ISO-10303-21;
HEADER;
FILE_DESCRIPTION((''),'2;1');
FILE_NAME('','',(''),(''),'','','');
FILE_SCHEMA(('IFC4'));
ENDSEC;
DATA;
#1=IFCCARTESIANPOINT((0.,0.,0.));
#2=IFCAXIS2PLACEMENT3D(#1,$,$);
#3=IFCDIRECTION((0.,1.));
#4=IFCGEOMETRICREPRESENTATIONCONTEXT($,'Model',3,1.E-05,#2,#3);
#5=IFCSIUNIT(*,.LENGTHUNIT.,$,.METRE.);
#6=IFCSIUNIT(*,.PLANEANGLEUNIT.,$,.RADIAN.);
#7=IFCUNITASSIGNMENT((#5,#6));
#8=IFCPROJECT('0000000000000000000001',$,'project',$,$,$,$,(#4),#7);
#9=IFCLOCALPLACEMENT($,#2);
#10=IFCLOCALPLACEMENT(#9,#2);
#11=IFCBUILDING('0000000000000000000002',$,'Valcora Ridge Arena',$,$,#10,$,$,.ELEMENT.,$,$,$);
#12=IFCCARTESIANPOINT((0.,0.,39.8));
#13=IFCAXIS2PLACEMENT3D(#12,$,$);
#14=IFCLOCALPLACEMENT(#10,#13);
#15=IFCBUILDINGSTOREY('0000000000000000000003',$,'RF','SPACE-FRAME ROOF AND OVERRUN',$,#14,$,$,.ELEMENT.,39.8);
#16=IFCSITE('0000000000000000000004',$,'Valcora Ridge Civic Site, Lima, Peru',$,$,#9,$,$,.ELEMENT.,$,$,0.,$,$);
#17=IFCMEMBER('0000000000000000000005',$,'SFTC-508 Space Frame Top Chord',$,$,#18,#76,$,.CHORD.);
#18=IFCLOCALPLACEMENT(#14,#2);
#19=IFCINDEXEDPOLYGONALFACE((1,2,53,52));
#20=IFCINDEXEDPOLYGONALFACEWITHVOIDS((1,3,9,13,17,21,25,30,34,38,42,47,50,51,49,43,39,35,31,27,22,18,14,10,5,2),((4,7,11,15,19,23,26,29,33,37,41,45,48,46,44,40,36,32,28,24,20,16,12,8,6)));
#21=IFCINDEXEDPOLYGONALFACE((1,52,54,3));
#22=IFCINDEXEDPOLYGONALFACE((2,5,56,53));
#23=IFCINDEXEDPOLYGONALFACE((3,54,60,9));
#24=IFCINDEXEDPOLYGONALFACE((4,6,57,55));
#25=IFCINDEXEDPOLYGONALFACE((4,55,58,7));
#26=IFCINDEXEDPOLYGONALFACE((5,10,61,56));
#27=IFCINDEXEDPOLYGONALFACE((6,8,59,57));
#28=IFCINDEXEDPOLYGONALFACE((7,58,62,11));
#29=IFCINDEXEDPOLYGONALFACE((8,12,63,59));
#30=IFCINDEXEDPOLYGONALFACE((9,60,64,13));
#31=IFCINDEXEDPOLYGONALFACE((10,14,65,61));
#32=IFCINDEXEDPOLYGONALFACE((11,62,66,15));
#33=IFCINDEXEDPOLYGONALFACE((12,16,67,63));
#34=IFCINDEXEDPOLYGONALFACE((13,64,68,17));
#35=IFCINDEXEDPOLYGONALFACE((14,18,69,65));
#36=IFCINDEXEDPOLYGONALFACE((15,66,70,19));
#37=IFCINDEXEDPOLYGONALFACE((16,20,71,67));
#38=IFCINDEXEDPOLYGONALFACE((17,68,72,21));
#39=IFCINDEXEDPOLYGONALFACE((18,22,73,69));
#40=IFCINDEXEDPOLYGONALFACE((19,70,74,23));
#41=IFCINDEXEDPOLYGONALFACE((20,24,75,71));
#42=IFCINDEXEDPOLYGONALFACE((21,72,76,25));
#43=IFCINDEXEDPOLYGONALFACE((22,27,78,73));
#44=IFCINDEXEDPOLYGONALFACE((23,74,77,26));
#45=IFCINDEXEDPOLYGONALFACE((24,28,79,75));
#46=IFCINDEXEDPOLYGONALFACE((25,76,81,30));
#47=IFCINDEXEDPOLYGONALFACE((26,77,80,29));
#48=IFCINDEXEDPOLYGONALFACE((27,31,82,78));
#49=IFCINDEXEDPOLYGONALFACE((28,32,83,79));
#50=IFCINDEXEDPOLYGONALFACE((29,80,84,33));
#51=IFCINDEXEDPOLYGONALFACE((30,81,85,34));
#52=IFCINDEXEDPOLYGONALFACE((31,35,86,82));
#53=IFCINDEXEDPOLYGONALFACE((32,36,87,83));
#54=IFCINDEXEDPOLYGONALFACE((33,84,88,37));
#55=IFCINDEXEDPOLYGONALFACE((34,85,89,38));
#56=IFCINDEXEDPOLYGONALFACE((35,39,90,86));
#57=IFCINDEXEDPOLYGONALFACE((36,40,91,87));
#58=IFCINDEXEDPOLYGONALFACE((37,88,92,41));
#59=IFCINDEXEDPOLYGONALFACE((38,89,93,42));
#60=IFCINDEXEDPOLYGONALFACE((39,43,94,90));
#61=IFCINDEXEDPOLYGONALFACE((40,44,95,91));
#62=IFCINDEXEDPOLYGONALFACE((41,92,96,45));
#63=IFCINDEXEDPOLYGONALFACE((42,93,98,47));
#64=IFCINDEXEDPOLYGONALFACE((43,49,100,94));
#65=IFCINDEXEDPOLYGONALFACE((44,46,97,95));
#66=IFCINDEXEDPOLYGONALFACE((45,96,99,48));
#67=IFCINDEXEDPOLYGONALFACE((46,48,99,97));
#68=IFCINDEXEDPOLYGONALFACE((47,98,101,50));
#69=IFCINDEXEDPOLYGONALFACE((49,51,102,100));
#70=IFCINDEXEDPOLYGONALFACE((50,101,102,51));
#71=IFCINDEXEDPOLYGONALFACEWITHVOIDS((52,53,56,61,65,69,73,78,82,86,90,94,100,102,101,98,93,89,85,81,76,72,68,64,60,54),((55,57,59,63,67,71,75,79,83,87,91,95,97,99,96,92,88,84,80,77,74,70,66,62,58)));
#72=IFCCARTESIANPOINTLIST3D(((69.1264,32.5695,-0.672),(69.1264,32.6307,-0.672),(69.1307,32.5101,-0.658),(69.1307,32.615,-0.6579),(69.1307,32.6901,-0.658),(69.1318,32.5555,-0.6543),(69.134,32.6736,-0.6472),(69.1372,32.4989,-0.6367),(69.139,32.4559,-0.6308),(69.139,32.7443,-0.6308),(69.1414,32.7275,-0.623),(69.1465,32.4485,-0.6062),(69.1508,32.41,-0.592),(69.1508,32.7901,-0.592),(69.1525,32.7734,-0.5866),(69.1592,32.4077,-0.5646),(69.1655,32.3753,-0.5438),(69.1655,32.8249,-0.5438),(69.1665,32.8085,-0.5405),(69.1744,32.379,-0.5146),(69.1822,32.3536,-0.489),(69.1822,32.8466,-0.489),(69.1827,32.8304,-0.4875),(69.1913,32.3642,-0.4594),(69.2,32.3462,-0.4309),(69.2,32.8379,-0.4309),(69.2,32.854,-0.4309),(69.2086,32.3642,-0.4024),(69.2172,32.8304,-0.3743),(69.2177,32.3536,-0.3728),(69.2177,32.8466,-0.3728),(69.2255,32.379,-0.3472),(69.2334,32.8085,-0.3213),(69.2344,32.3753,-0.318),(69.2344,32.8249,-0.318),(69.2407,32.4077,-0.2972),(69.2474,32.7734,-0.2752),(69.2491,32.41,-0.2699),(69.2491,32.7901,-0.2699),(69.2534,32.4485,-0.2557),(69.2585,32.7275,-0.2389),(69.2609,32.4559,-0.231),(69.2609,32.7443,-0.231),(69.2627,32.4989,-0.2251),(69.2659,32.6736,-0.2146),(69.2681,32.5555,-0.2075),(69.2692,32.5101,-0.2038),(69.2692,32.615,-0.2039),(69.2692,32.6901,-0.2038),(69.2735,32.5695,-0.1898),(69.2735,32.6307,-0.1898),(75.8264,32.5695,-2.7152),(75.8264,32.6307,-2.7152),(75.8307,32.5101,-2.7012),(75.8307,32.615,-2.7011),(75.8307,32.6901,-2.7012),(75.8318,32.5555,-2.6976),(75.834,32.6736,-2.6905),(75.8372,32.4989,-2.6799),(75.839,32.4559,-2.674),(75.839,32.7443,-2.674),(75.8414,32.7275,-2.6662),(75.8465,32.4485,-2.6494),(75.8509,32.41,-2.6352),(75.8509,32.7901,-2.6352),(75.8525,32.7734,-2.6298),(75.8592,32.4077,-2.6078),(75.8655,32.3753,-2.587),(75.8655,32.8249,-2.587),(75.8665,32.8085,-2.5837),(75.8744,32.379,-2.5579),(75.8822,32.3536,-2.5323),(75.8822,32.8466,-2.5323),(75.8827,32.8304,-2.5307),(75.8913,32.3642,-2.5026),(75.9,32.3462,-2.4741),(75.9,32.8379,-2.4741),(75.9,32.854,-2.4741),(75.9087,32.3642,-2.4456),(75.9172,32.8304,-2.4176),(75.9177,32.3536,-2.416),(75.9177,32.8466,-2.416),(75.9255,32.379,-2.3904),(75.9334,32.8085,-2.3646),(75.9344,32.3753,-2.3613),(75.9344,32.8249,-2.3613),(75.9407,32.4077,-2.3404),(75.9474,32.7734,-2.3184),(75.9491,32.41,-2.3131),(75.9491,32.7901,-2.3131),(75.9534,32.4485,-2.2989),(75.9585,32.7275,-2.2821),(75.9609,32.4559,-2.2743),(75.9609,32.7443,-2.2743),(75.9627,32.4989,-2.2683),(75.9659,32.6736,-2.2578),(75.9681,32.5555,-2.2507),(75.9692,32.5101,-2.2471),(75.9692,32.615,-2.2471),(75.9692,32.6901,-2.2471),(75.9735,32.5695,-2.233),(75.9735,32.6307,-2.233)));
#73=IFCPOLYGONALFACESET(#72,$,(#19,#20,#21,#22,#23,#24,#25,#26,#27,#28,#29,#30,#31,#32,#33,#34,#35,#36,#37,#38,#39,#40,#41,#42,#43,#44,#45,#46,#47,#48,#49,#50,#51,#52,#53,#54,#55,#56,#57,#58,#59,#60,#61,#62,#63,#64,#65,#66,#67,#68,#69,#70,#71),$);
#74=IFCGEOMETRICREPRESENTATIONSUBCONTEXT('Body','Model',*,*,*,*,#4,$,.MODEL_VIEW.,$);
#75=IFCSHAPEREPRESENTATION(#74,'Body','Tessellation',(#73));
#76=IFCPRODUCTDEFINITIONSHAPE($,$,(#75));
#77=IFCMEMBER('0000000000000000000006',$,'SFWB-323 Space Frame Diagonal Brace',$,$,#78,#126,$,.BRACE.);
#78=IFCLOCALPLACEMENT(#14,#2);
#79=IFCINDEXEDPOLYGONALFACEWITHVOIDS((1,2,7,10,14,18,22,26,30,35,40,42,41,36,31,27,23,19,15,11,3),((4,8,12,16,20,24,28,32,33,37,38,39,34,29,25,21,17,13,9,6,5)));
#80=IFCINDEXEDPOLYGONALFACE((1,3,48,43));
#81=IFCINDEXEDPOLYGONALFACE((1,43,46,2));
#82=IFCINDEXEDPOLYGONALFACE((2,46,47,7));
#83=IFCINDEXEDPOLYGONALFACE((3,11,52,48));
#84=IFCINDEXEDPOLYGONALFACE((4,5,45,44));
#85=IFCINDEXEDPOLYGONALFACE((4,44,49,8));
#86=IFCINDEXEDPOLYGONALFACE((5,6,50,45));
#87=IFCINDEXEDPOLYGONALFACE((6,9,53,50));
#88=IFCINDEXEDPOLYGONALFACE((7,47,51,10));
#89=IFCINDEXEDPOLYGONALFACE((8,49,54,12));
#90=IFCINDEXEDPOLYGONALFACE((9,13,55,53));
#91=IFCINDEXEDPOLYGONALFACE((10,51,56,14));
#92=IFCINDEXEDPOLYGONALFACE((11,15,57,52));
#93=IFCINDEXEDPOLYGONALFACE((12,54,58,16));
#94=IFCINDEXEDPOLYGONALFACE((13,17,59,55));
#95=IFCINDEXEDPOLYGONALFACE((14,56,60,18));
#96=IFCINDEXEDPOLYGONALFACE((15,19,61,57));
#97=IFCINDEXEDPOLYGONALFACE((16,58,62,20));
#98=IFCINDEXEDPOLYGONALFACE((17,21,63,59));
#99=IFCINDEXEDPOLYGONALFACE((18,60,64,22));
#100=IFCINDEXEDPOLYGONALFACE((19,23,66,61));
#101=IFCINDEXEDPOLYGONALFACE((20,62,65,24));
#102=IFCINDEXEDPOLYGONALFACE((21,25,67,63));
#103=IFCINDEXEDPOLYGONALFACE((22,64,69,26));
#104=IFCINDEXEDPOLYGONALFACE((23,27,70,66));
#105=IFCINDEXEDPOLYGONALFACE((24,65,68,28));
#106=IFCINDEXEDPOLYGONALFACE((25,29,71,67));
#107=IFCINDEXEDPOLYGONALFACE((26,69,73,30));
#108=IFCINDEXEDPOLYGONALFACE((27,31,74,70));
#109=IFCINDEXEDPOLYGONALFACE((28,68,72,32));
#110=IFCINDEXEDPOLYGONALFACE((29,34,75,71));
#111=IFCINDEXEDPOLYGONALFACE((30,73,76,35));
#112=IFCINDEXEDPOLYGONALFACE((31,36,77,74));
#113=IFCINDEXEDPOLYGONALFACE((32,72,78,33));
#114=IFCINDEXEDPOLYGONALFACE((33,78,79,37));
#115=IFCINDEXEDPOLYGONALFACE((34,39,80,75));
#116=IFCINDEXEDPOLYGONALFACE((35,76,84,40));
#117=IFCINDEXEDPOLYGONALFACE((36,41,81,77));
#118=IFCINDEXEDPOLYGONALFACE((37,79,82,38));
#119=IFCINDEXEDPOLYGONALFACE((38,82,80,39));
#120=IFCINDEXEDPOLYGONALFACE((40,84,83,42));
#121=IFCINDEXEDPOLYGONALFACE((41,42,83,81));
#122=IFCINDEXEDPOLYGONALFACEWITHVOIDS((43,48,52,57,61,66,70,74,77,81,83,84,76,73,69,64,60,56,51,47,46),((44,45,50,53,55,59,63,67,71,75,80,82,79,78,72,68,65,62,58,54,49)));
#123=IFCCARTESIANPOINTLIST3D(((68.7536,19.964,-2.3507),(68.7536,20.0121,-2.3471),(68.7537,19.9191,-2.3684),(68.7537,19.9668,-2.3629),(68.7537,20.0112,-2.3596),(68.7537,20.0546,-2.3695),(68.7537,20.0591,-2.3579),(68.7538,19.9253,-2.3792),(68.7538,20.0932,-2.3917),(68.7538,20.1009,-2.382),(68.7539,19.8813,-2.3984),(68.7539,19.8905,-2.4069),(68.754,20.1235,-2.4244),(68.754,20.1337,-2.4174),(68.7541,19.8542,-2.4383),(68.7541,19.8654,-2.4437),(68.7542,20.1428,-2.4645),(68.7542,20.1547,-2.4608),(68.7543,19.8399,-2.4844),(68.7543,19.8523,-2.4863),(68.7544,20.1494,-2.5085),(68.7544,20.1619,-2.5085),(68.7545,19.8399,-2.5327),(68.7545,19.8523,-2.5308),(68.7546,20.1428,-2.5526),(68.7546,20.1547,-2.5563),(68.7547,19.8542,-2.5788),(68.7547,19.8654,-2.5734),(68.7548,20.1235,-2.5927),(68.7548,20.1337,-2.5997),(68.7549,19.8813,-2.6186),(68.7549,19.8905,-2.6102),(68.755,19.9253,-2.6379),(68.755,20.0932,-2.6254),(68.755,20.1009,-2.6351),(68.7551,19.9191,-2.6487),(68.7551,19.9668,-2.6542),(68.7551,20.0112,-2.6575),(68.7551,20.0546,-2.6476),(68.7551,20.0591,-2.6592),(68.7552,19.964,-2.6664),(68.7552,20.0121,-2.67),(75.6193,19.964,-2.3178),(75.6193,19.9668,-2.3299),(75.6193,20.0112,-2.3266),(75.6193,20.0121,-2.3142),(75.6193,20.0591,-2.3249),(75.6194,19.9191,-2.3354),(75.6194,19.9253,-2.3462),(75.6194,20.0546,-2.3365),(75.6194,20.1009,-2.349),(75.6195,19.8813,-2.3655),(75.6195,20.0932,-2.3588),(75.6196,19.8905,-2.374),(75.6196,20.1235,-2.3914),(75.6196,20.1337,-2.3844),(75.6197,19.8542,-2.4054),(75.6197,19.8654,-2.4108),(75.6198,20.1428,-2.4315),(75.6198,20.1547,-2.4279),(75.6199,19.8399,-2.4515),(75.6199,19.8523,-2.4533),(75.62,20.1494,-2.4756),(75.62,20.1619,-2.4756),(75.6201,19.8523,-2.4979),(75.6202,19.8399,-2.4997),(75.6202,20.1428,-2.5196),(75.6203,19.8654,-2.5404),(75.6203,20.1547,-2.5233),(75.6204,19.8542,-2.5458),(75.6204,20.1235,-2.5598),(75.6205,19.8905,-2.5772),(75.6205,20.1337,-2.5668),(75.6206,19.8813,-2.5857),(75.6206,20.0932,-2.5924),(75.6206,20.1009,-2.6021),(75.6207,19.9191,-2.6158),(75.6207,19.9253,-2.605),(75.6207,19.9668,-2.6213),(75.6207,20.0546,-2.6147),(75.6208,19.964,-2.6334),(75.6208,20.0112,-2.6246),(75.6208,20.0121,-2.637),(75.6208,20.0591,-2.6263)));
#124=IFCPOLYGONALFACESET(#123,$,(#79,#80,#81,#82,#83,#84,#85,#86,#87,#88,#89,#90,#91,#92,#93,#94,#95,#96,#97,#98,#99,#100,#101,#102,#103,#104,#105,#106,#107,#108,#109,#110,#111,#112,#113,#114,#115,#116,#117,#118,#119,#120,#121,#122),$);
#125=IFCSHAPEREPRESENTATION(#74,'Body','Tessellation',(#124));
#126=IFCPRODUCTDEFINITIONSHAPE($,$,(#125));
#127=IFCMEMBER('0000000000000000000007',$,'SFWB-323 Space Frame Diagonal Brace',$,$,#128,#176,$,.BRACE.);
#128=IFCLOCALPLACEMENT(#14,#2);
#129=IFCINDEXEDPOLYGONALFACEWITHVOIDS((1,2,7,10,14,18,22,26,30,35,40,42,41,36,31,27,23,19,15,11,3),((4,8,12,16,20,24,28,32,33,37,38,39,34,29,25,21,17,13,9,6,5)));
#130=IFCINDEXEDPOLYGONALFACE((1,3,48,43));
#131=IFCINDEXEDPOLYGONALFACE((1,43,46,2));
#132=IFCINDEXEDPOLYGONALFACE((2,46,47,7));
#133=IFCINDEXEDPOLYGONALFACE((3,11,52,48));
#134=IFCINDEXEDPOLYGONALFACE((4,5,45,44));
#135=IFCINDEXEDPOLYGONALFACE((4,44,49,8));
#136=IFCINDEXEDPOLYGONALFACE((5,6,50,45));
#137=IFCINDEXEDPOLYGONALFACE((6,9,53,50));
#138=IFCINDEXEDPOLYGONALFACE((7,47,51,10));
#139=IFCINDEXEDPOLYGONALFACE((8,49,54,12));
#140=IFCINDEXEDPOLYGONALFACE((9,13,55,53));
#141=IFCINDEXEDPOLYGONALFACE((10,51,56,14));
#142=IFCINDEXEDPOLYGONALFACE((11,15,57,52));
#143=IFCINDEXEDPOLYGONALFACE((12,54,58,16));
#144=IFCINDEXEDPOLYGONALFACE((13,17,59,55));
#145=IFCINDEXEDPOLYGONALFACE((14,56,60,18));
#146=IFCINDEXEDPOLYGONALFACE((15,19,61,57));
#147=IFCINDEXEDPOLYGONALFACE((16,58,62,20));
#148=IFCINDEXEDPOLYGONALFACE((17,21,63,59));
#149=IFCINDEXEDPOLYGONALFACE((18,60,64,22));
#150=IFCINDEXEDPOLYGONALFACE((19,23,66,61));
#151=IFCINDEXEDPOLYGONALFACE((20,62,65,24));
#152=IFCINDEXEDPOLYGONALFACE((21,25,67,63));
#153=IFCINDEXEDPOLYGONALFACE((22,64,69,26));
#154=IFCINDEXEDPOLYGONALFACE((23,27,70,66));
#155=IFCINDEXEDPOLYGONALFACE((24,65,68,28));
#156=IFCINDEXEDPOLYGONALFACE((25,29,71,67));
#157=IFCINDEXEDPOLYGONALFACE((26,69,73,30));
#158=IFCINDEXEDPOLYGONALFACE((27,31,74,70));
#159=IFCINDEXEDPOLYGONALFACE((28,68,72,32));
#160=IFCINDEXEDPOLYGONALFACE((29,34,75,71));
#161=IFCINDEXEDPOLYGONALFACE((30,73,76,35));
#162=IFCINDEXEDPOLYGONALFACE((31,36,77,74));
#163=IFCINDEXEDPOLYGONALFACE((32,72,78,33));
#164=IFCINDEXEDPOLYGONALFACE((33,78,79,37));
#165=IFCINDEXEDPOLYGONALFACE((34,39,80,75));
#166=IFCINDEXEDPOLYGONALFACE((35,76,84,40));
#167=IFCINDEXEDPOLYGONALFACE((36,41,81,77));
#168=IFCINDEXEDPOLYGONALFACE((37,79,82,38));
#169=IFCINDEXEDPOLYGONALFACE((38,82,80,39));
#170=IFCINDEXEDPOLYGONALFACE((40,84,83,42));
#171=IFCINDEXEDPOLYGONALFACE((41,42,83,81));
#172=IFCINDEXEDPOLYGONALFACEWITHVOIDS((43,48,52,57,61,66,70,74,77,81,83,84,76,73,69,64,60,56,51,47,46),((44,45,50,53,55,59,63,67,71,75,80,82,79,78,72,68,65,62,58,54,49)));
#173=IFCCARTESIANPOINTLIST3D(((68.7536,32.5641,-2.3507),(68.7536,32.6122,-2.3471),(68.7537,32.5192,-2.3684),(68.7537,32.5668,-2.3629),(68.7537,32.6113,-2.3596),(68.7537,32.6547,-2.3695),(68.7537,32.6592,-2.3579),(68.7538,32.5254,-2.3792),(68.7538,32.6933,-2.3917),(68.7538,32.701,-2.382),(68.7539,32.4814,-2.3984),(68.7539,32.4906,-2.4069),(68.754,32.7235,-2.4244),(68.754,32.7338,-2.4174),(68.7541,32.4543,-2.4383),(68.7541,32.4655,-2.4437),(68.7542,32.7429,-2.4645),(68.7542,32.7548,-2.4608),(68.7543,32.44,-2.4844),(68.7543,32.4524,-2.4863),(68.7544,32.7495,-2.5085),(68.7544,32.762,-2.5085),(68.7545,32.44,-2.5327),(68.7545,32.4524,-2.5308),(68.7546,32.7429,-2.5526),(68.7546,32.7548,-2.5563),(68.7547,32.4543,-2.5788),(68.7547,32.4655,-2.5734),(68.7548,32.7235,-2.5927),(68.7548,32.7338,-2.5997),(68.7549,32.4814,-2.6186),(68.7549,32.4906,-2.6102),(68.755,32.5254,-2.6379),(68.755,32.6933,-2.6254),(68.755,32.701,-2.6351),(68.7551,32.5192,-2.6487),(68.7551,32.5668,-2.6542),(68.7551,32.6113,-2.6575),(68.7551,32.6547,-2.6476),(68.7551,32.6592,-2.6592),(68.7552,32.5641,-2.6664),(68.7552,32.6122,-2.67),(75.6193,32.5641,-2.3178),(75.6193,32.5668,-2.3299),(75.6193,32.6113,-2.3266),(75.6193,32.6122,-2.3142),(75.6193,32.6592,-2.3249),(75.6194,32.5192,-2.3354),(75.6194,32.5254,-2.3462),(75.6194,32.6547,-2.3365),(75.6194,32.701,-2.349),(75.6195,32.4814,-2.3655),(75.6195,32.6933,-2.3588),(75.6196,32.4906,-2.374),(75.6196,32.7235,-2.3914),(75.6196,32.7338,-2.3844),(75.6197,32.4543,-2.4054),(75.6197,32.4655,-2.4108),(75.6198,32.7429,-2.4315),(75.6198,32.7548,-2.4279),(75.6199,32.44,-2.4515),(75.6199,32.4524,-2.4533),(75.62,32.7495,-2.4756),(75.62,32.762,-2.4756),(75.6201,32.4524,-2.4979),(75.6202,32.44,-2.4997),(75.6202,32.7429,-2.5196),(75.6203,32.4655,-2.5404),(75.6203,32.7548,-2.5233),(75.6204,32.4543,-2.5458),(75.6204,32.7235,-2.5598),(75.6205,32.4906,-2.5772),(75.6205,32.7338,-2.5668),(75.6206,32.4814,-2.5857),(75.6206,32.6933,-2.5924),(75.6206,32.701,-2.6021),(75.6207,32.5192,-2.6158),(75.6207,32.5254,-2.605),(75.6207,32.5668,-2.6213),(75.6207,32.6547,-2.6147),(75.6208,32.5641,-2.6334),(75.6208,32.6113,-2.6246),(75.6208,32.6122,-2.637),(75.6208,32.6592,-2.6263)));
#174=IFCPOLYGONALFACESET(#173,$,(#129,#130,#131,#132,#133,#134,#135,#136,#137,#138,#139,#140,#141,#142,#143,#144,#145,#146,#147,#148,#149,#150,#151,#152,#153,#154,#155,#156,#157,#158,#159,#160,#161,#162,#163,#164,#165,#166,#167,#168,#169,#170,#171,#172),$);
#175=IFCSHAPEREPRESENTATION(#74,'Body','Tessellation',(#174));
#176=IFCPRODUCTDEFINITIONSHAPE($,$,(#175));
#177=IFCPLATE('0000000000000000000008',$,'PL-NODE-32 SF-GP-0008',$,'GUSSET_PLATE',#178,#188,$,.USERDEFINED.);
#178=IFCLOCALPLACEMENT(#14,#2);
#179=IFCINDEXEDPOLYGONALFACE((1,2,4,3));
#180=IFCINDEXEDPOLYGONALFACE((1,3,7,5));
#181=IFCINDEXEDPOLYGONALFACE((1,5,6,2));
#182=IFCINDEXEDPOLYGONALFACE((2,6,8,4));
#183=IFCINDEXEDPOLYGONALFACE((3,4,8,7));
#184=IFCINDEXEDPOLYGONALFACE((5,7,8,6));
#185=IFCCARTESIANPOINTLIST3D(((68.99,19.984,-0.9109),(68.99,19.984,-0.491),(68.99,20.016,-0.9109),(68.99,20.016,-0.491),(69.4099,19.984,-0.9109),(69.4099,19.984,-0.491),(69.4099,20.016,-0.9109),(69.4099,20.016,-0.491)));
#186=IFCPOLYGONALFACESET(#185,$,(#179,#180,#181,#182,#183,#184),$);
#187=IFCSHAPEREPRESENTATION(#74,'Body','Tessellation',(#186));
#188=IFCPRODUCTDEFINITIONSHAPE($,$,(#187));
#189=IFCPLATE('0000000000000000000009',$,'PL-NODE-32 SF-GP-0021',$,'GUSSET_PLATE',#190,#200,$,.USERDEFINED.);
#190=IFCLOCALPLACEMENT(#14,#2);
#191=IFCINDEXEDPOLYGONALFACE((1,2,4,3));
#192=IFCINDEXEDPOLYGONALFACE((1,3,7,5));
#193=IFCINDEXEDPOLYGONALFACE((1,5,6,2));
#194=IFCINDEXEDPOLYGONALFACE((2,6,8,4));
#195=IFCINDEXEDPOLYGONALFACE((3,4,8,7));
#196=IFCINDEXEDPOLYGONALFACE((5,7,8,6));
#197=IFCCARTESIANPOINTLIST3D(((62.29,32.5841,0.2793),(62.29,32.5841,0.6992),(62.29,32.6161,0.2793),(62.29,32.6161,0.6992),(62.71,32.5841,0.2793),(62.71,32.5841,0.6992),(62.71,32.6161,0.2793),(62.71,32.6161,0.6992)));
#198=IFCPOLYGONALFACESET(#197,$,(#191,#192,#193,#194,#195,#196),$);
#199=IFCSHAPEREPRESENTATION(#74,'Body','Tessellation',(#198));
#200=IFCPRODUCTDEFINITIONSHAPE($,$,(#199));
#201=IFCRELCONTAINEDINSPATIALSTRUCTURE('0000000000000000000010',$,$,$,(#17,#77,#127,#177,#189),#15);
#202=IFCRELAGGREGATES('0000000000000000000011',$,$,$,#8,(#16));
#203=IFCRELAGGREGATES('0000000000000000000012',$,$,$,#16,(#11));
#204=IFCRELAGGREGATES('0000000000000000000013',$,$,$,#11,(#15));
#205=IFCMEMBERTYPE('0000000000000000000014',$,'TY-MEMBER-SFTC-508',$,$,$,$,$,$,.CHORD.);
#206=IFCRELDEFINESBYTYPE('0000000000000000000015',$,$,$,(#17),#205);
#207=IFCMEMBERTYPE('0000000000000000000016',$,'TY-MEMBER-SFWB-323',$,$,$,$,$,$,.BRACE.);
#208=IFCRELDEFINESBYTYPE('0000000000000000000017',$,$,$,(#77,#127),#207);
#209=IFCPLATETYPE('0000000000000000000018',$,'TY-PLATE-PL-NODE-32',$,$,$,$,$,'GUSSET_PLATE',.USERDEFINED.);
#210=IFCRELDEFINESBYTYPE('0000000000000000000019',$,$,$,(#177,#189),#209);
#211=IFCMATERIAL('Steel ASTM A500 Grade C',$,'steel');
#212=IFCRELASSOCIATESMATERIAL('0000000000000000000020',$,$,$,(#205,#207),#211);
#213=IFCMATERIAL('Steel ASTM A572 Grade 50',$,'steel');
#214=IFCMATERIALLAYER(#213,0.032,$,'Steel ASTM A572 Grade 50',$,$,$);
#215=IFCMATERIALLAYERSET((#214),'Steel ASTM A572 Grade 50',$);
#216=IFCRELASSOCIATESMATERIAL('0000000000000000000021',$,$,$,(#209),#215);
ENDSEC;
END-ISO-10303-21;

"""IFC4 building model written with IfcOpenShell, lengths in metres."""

from ifc_helpers import new_model, si_unit, direction, frame, origin, origin_2d, place, context, subcontext, project, spatial, rectangle, hollow_circle, extrude, material, layer, layer_set, material_profile, profile_set, type_object, element, save


model = new_model("IFC4")

# Units and contexts
model_context = context("Model", 3, precision=1e-05, world=origin(), true_north=direction((0.0, 1.0)))
body_context = subcontext(model_context, "Body", "Model", "MODEL_VIEW")
ifc_project = project(units=[si_unit("LENGTHUNIT", "METRE"), si_unit("PLANEANGLEUNIT", "RADIAN")], contexts=[model_context])

# Site, building, storey
site_placement = place(None, origin())
site = spatial("IfcSite", under=ifc_project, at=site_placement, Name="Valcora Ridge Civic Site, Lima, Peru", CompositionType="ELEMENT", RefElevation=0.0)
building_placement = place(site_placement, origin())
building = spatial("IfcBuilding", under=site, at=building_placement, Name="Valcora Ridge Arena", CompositionType="ELEMENT")
storey_placement = place(building_placement, frame((0.0, 0.0, 39.8)))
storey = spatial("IfcBuildingStorey", under=building, at=storey_placement, Name="RF", Description="SPACE-FRAME ROOF AND OVERRUN", CompositionType="ELEMENT", Elevation=39.8)

# Members
ifc_material_1 = material(Name="Steel ASTM A572 Grade 50", Category="steel")
ifc_material_2 = material(Name="Steel ASTM A500 Grade C", Category="steel")
ifc_material_profile_1 = material_profile(ifc_material_2, hollow_circle(Radius=0.2539, WallThickness=0.0161, at=origin_2d()), Name="CHS508X16")
ifc_profile_set_1 = profile_set([ifc_material_profile_1], Name="Steel ASTM A500 Grade C")
member_type_1 = type_object("IfcMemberType", Name="TY-MEMBER-SFTC-508", PredefinedType="CHORD", material=ifc_profile_set_1)
member_1_placement = place(storey_placement, frame((69.2, 32.6001, -0.4309), z_axis=(0.956511, 0.0, -0.291697), x_axis=(0.0, 1.0, 0.0)))
element("IfcMember", 1, at=member_1_placement, inside=storey, type_object=member_type_1, Name="SFTC-508 Space Frame Top Chord", PredefinedType="CHORD", context=body_context, shape_type="SweptSolid", body=[
    extrude(hollow_circle(Radius=0.2539, WallThickness=0.0161, at=origin_2d()), origin(), (0.0, 0.0, 1.0), 7.0046),
])
ifc_material_profile_2 = material_profile(ifc_material_2, hollow_circle(Radius=0.1619, WallThickness=0.0125, at=origin_2d()), Name="CHS323X12")
ifc_profile_set_2 = profile_set([ifc_material_profile_2], Name="Steel ASTM A500 Grade C")
member_type_2 = type_object("IfcMemberType", Name="TY-MEMBER-SFWB-323", PredefinedType="BRACE", material=ifc_profile_set_2)
for number, where, z_axis, x_axis, name in (
    (2, (68.7544, 20.0, -2.5085), (0.999988, 0.0, 0.0048), (0.0, 1.0, 0.0), "SFWB-323 Space Frame Diagonal Brace"),
    (3, (68.7544, 32.6001, -2.5085), (0.999988, 0.0, 0.0048), (0.0, 1.0, 0.0), "SFWB-323 Space Frame Diagonal Brace"),
):
    element("IfcMember", number, at=place(storey_placement, frame(where, z_axis=z_axis, x_axis=x_axis)), inside=storey, type_object=member_type_2, Name=name, PredefinedType="BRACE", context=body_context, shape_type="SweptSolid", body=[
        extrude(hollow_circle(Radius=0.1619, WallThickness=0.0125, at=origin_2d()), origin(), (0.0, 0.0, 1.0), 6.8657),
    ])

# Plates
ifc_layer_1 = layer(ifc_material_1, 0.032, Name="Steel ASTM A572 Grade 50")
ifc_layer_set_1 = layer_set([ifc_layer_1], Name="Steel ASTM A572 Grade 50")
plate_type = type_object("IfcPlateType", Name="TY-PLATE-PL-NODE-32", ElementType="GUSSET_PLATE", PredefinedType="USERDEFINED", material=ifc_layer_set_1)
for number, where, z_axis, x_axis, name in (
    (4, (69.2, 20.0, -0.9109), (0.0, 0.0, 1.0), (1.0, 0.0, 0.0), "PL-NODE-32 SF-GP-0008"),
    (5, (62.5, 32.6001, 0.2793), (0.0, 0.0, 1.0), (1.0, 0.0, 0.0), "PL-NODE-32 SF-GP-0021"),
):
    element("IfcPlate", number, at=place(storey_placement, frame(where, z_axis=z_axis, x_axis=x_axis)), inside=storey, type_object=plate_type, Name=name, ObjectType="GUSSET_PLATE", PredefinedType="USERDEFINED", context=body_context, shape_type="SweptSolid", body=[
        extrude(rectangle(XDim=0.4199, YDim=0.032, at=origin_2d()), origin(), (0.0, 0.0, 1.0), 0.4199),
    ])

save(model, "model.ifc")
